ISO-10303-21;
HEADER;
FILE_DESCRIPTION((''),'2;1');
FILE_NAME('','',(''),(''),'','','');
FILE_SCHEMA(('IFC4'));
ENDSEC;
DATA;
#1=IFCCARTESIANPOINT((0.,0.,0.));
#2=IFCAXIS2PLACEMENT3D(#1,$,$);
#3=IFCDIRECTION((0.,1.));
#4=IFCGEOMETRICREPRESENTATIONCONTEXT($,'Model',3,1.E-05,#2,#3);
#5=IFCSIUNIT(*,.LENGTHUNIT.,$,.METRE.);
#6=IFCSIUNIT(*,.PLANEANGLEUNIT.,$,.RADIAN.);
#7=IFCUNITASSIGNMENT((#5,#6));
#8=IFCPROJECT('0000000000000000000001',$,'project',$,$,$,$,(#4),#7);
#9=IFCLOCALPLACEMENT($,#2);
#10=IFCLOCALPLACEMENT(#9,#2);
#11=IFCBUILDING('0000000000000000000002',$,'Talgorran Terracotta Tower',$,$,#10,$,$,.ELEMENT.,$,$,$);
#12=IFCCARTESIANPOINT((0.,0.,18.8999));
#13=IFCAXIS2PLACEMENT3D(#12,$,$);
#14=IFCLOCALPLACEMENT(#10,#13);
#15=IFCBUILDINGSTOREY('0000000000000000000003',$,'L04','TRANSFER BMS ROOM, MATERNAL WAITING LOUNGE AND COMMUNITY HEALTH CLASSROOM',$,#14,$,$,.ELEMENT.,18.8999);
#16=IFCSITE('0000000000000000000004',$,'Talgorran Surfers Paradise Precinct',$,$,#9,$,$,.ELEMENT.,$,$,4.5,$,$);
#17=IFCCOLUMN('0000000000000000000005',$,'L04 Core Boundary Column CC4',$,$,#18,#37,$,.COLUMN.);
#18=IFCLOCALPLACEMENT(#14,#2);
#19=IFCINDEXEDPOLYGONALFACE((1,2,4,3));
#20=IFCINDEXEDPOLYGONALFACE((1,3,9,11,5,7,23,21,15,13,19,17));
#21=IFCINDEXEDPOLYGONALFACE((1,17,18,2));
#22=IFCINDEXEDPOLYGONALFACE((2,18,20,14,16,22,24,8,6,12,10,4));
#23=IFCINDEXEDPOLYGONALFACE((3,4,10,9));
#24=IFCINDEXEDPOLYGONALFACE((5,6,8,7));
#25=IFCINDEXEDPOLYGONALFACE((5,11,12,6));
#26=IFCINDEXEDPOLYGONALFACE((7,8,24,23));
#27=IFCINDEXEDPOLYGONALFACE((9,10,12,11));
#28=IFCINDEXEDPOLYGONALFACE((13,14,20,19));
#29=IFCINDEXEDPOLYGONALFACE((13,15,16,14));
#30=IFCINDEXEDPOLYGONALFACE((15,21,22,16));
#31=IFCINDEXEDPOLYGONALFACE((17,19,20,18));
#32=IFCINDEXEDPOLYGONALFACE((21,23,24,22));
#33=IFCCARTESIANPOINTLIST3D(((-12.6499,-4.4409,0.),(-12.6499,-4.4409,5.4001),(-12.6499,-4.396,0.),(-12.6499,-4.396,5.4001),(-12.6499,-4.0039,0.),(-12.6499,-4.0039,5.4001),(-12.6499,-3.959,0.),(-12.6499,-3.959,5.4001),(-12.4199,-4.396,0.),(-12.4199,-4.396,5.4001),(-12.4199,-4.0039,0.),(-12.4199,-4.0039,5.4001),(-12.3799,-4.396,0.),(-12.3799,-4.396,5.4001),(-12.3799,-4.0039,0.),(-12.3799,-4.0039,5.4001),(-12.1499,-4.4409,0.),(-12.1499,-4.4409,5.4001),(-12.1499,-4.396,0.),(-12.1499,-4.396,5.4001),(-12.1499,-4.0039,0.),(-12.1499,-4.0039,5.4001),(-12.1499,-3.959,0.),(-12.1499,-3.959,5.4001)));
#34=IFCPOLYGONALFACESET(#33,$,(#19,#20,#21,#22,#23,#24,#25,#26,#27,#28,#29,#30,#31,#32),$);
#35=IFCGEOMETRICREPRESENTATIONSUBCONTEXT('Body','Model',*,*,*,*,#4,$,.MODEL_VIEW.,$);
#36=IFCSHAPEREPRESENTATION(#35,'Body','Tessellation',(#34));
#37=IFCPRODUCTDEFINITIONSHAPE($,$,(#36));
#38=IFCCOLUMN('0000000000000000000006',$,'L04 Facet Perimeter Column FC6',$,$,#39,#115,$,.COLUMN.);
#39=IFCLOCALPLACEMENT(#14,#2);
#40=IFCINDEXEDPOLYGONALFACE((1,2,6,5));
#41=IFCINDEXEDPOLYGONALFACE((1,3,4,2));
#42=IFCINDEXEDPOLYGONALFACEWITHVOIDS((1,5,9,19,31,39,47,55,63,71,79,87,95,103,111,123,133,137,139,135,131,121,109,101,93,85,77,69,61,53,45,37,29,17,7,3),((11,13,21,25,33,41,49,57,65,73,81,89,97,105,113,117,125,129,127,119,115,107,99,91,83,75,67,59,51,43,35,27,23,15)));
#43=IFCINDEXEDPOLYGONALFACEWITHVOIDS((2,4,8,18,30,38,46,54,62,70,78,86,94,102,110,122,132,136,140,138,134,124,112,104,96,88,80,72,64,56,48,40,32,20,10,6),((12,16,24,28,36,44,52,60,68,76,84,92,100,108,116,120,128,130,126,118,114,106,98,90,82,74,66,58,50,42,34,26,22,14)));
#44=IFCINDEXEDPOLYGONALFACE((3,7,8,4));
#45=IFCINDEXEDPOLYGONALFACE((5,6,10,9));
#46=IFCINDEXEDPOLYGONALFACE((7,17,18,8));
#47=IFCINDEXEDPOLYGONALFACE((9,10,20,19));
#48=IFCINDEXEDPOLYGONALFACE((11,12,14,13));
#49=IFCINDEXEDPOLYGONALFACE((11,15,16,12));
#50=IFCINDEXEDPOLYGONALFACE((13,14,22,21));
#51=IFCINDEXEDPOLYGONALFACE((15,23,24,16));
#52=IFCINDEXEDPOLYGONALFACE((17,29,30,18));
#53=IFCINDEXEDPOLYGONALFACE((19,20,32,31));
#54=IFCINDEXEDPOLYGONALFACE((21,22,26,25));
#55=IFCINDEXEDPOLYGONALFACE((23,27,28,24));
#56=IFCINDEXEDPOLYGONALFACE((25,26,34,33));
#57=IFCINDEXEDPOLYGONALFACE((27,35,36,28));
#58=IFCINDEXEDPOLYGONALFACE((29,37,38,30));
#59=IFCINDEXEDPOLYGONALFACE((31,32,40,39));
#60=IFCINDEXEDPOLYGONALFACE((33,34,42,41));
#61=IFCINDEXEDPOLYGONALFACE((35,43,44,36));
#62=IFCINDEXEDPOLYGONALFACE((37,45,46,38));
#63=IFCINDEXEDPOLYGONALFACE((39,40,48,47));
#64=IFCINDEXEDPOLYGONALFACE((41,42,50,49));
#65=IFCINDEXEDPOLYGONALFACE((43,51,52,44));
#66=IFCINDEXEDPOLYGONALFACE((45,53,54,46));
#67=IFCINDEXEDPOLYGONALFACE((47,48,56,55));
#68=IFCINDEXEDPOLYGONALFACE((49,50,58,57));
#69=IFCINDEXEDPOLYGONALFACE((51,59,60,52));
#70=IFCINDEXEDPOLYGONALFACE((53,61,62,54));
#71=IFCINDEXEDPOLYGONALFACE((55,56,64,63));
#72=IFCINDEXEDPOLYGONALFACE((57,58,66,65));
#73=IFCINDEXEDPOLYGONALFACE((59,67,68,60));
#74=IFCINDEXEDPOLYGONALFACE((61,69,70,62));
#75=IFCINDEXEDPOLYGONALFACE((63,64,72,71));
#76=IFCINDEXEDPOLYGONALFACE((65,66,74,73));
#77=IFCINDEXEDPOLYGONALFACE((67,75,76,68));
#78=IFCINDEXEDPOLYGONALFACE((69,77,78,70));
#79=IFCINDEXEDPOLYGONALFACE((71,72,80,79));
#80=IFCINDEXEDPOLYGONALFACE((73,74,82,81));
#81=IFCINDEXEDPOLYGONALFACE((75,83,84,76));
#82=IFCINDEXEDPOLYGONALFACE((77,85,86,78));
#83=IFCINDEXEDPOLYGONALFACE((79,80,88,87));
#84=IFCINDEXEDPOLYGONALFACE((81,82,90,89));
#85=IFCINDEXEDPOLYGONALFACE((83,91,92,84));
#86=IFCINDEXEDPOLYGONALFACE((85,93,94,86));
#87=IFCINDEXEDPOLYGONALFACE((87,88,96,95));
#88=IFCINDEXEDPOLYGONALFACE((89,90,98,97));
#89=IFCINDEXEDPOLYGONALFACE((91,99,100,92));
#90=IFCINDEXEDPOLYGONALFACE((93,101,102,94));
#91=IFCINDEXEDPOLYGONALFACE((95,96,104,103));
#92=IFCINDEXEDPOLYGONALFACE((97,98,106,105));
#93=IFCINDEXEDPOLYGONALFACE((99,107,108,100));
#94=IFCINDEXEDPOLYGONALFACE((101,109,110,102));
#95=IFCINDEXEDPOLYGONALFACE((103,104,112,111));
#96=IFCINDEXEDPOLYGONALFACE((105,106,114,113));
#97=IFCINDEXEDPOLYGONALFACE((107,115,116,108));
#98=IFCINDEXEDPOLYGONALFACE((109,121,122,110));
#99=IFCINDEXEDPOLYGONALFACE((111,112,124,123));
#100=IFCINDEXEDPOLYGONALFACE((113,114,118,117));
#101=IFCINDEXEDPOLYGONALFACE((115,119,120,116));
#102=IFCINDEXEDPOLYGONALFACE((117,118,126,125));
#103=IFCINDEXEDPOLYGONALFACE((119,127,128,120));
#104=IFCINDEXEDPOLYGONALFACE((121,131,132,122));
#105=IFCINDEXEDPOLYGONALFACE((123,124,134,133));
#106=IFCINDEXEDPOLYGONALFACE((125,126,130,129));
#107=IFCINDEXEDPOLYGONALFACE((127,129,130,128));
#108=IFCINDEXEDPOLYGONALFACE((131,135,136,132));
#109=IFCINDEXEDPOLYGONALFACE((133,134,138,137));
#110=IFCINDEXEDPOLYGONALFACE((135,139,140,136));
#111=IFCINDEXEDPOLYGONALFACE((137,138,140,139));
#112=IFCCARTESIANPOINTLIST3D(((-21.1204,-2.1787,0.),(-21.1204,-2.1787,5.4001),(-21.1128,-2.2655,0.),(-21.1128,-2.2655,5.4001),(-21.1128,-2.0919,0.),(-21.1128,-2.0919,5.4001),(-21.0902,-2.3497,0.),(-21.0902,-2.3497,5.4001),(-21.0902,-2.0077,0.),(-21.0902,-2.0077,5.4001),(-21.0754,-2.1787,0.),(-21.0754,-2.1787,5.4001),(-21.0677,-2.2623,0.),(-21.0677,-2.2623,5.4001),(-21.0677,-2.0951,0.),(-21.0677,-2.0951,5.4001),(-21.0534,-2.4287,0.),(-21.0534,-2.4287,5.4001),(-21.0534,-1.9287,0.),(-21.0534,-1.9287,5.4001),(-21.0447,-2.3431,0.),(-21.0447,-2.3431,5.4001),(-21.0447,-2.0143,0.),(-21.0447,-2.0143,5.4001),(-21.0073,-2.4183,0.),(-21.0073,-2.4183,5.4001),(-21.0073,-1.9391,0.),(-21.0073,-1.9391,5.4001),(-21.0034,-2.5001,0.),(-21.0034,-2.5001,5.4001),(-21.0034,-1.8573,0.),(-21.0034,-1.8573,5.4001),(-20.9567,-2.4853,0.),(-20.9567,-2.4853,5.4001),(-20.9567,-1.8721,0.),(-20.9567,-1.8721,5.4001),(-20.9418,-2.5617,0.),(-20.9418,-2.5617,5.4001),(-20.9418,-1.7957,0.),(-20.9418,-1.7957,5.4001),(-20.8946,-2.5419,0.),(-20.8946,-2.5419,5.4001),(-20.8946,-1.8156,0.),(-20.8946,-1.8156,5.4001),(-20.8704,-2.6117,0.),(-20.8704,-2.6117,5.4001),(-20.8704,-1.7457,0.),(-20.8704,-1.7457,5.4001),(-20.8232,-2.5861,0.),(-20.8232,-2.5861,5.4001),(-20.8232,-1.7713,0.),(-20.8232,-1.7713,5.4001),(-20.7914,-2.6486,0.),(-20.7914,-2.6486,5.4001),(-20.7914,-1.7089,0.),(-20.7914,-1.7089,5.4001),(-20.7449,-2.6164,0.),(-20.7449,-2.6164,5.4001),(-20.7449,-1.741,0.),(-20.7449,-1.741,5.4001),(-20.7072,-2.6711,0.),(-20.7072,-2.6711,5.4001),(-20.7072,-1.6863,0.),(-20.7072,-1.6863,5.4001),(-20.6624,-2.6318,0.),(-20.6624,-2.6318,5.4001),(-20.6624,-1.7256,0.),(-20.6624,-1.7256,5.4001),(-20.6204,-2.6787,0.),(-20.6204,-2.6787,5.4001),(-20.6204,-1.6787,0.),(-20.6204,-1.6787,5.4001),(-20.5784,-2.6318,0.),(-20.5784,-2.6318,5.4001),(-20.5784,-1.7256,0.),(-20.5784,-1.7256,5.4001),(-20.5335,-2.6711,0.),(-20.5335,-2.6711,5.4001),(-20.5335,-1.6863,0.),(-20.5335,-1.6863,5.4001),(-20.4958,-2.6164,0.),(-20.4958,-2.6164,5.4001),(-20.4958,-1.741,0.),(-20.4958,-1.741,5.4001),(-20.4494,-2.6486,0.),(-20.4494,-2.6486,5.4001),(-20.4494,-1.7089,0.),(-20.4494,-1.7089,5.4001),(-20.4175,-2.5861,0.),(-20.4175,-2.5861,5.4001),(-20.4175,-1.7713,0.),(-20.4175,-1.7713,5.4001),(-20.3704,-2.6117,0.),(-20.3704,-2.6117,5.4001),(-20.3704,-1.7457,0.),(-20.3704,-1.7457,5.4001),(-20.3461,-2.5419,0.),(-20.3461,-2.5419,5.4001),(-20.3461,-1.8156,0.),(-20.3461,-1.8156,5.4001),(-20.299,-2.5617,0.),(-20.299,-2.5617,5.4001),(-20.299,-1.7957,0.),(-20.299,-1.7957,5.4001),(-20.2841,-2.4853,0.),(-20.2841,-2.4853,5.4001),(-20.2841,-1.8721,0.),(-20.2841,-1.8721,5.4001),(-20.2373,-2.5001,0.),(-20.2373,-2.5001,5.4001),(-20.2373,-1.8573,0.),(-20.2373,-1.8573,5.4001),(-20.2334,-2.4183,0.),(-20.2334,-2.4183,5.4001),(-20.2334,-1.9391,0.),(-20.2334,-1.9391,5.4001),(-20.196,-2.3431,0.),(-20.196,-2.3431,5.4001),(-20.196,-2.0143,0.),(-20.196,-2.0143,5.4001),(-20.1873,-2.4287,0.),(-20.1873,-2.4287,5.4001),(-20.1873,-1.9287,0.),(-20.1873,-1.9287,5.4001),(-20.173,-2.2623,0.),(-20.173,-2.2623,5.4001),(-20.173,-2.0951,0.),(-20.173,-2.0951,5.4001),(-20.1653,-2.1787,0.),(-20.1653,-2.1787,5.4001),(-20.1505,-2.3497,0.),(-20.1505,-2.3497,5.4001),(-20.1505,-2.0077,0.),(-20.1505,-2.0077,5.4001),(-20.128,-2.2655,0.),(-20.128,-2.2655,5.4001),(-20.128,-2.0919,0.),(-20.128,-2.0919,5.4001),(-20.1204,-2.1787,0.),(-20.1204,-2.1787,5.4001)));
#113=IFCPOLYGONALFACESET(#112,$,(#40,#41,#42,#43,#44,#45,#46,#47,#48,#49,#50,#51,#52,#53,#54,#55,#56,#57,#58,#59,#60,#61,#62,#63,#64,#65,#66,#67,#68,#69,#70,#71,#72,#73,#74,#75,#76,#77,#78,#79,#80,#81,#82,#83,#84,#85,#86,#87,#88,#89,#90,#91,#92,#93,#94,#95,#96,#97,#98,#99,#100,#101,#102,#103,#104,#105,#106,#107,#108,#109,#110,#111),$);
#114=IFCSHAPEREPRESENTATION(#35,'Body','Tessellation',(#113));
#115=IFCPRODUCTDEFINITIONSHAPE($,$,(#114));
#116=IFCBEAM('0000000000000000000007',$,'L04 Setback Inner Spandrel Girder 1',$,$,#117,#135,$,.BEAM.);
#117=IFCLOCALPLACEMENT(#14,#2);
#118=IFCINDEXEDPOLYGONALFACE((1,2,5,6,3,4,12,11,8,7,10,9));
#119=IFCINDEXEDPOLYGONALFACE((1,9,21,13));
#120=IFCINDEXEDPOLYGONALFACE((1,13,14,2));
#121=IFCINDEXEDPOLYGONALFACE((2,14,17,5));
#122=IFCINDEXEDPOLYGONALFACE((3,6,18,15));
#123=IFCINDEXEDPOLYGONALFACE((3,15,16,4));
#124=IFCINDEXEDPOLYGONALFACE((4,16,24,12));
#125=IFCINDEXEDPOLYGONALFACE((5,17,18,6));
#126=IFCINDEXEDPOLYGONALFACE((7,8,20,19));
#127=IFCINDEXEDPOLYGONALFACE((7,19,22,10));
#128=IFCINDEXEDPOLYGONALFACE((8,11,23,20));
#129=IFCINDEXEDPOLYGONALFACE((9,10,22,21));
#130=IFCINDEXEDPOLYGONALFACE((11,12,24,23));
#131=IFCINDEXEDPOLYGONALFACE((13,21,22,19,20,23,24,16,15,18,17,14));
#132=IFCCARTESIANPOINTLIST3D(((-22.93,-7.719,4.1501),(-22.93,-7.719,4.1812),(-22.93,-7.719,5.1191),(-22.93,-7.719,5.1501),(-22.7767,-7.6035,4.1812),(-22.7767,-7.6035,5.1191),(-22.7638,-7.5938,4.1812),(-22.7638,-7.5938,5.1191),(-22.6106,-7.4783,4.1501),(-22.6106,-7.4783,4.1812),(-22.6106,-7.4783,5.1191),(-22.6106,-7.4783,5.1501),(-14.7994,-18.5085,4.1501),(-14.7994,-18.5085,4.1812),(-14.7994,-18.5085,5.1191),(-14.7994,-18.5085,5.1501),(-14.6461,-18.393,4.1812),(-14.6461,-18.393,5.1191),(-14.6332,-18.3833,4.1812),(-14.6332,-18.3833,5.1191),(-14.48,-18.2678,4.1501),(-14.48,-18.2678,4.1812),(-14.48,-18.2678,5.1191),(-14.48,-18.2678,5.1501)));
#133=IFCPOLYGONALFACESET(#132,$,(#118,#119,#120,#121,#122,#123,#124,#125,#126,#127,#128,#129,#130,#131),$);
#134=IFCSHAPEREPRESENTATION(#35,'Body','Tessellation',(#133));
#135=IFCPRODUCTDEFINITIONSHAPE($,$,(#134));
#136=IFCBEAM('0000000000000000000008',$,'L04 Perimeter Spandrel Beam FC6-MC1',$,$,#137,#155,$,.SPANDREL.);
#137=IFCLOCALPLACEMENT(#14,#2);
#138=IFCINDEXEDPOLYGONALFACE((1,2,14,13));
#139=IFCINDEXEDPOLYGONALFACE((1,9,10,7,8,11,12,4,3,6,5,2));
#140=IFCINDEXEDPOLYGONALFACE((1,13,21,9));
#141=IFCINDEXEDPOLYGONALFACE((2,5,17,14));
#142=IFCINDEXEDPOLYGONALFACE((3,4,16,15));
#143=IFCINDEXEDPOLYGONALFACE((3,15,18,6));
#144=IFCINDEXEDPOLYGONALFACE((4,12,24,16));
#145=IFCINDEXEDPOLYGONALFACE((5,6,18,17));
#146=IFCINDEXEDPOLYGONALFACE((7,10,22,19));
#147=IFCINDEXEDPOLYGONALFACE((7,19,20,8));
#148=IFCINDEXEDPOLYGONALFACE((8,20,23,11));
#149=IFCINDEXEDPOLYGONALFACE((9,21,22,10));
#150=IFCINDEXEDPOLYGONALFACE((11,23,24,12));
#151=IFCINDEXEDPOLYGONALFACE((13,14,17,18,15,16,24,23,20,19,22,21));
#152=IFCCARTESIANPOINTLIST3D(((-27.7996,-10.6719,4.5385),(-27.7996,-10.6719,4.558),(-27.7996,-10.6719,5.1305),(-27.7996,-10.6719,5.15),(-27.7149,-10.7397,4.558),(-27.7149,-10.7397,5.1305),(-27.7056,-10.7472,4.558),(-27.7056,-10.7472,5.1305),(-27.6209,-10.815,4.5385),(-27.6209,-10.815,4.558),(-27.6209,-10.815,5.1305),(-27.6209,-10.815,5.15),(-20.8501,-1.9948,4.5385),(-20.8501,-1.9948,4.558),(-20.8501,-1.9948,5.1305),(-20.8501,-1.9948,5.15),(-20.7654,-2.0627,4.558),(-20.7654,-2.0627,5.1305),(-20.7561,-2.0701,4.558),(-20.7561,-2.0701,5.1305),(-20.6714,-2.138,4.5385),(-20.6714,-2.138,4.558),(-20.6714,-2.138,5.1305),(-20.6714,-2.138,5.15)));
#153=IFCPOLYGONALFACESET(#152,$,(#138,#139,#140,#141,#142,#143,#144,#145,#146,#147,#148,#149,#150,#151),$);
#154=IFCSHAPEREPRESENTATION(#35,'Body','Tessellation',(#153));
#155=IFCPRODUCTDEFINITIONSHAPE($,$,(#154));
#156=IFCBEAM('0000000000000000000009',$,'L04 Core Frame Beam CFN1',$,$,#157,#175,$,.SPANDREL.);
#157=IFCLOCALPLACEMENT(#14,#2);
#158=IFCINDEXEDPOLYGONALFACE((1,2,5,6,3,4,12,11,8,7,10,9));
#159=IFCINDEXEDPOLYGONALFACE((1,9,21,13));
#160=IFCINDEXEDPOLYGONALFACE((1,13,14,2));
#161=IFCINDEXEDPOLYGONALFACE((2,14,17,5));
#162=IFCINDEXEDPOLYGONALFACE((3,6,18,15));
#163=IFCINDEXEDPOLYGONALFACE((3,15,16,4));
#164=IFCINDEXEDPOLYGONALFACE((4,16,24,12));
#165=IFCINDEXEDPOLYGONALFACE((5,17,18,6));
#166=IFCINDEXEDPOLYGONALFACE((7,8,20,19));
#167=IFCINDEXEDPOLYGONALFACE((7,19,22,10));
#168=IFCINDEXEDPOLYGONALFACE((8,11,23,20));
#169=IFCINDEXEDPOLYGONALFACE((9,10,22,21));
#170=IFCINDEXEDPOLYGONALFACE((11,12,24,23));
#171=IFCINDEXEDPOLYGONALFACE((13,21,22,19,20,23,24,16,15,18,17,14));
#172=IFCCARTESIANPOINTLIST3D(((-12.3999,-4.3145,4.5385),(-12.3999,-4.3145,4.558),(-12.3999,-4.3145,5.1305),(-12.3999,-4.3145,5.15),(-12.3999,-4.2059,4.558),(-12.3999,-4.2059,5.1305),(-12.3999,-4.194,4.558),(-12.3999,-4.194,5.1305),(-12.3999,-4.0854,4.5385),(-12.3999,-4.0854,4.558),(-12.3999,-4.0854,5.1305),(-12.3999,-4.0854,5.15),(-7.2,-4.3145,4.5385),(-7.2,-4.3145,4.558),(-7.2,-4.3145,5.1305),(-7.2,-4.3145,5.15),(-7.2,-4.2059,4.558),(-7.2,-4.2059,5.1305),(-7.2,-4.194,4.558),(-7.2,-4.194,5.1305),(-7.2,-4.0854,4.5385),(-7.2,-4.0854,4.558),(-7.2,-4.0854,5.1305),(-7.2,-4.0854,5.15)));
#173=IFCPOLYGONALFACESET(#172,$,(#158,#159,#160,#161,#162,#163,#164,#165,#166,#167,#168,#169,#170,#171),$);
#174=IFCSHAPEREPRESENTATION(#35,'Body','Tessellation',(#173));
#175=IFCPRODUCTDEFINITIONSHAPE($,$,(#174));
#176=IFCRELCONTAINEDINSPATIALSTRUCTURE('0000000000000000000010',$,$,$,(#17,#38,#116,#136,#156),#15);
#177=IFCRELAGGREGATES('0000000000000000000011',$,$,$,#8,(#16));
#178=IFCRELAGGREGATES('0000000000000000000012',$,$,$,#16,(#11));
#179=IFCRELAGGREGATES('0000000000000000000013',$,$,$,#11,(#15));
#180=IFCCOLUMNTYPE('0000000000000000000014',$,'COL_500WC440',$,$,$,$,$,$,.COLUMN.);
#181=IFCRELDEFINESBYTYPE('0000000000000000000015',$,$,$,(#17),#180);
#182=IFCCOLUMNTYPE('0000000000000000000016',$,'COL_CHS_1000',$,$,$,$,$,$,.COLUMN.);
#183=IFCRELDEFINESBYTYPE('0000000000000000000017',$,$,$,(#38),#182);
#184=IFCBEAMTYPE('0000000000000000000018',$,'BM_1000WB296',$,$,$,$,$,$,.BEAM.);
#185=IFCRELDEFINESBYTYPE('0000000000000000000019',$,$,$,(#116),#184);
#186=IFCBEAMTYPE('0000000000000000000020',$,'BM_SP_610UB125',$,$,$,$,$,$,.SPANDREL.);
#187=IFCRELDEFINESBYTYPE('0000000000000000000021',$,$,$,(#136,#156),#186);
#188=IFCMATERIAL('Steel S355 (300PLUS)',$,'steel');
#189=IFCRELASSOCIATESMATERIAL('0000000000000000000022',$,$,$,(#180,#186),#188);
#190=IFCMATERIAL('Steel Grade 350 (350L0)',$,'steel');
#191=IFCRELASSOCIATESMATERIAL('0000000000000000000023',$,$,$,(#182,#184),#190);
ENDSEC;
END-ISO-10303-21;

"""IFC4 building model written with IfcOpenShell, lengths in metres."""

from ifc_helpers import new_model, si_unit, direction, frame, origin, origin_2d, place, context, subcontext, project, spatial, hollow_circle, i_section, extrude, material, material_profile, profile_set, type_object, element, save


model = new_model("IFC4")

# Units and contexts
model_context = context("Model", 3, precision=1e-05, world=origin(), true_north=direction((0.0, 1.0)))
body_context = subcontext(model_context, "Body", "Model", "MODEL_VIEW")
ifc_project = project(units=[si_unit("LENGTHUNIT", "METRE"), si_unit("PLANEANGLEUNIT", "RADIAN")], contexts=[model_context])

# Site, building, storey
site_placement = place(None, origin())
site = spatial("IfcSite", under=ifc_project, at=site_placement, Name="Talgorran Surfers Paradise Precinct", CompositionType="ELEMENT", RefElevation=4.5)
building_placement = place(site_placement, origin())
building = spatial("IfcBuilding", under=site, at=building_placement, Name="Talgorran Terracotta Tower", CompositionType="ELEMENT")
storey_placement = place(building_placement, frame((0.0, 0.0, 18.8999)))
storey = spatial("IfcBuildingStorey", under=building, at=storey_placement, Name="L04", Description="TRANSFER BMS ROOM, MATERNAL WAITING LOUNGE AND COMMUNITY HEALTH CLASSROOM", CompositionType="ELEMENT", Elevation=18.8999)

# Columns
ifc_material_1 = material(Name="Steel S355 (300PLUS)", Category="steel")
ifc_material_profile_1 = material_profile(ifc_material_1, i_section(OverallWidth=0.5, OverallDepth=0.4819, WebThickness=0.04, FlangeThickness=0.0449, at=origin_2d()), Name="500WC440")
ifc_profile_set_1 = profile_set([ifc_material_profile_1], Name="Steel S355 (300PLUS)")
column_type_1 = type_object("IfcColumnType", Name="COL_500WC440", PredefinedType="COLUMN", material=ifc_profile_set_1)
column_1_placement = place(storey_placement, frame((-12.3999, -4.2, 0.0), z_axis=(0.0, 0.0, 1.0), x_axis=(1.0, 0.0, 0.0)))
element("IfcColumn", 1, at=column_1_placement, inside=storey, type_object=column_type_1, Name="L04 Core Boundary Column CC4", PredefinedType="COLUMN", context=body_context, shape_type="SweptSolid", body=[
    extrude(i_section(OverallWidth=0.5, OverallDepth=0.4819, WebThickness=0.04, FlangeThickness=0.0449, at=origin_2d()), origin(), (0.0, 0.0, 1.0), 5.4001),
])
ifc_material_2 = material(Name="Steel Grade 350 (350L0)", Category="steel")
ifc_material_profile_2 = material_profile(ifc_material_2, hollow_circle(Radius=0.5, WallThickness=0.0449, at=origin_2d()), Name="CHS1000X45")
ifc_profile_set_2 = profile_set([ifc_material_profile_2], Name="Steel Grade 350 (350L0)")
column_type_2 = type_object("IfcColumnType", Name="COL_CHS_1000", PredefinedType="COLUMN", material=ifc_profile_set_2)
column_2_placement = place(storey_placement, frame((-20.6204, -2.1787, 0.0), z_axis=(0.0, 0.0, 1.0), x_axis=(1.0, 0.0, 0.0)))
element("IfcColumn", 2, at=column_2_placement, inside=storey, type_object=column_type_2, Name="L04 Facet Perimeter Column FC6", PredefinedType="COLUMN", context=body_context, shape_type="SweptSolid", body=[
    extrude(hollow_circle(Radius=0.5, WallThickness=0.0449, at=origin_2d()), origin(), (0.0, 0.0, 1.0), 5.4001),
])

# Beams
ifc_material_profile_3 = material_profile(ifc_material_2, i_section(OverallWidth=0.3999, OverallDepth=1.0, WebThickness=0.0161, FlangeThickness=0.031, at=origin_2d()), Name="1000WB296")
ifc_profile_set_3 = profile_set([ifc_material_profile_3], Name="Steel Grade 350 (350L0)")
beam_type_1 = type_object("IfcBeamType", Name="BM_1000WB296", PredefinedType="BEAM", material=ifc_profile_set_3)
beam_1_placement = place(storey_placement, frame((-22.7703, -7.5986, 4.6501), z_axis=(0.60182, -0.798632, 0.0), x_axis=(0.798632, 0.60182, 0.0)))
element("IfcBeam", 3, at=beam_1_placement, inside=storey, type_object=beam_type_1, Name="L04 Setback Inner Spandrel Girder 1", PredefinedType="BEAM", context=body_context, shape_type="SweptSolid", body=[
    extrude(i_section(OverallWidth=0.3999, OverallDepth=1.0, WebThickness=0.0161, FlangeThickness=0.031, at=origin_2d()), origin(), (0.0, 0.0, 1.0), 13.51),
])
ifc_material_profile_4 = material_profile(ifc_material_1, i_section(OverallWidth=0.229, OverallDepth=0.6116, WebThickness=0.012, FlangeThickness=0.0195, at=origin_2d()), Name="610UB125")
ifc_profile_set_4 = profile_set([ifc_material_profile_4], Name="Steel S355 (300PLUS)")
beam_type_2 = type_object("IfcBeamType", Name="BM_SP_610UB125", PredefinedType="SPANDREL", material=ifc_profile_set_4)
beam_2_placement = place(storey_placement, frame((-20.7607, -2.0664, 4.8442), z_axis=(-0.625126, -0.780524, 0.0), x_axis=(0.780524, -0.625126, 0.0)))
element("IfcBeam", 4, at=beam_2_placement, inside=storey, type_object=beam_type_2, Name="L04 Perimeter Spandrel Beam FC6-MC1", PredefinedType="SPANDREL", context=body_context, shape_type="SweptSolid", body=[
    extrude(i_section(OverallWidth=0.229, OverallDepth=0.6116, WebThickness=0.012, FlangeThickness=0.0195, at=origin_2d()), origin(), (0.0, 0.0, 1.0), 11.1169),
])
beam_3_placement = place(storey_placement, frame((-12.3999, -4.2, 4.8442), z_axis=(1.0, 0.0, 0.0), x_axis=(0.0, 1.0, 0.0)))
element("IfcBeam", 5, at=beam_3_placement, inside=storey, type_object=beam_type_2, Name="L04 Core Frame Beam CFN1", PredefinedType="SPANDREL", context=body_context, shape_type="SweptSolid", body=[
    extrude(i_section(OverallWidth=0.229, OverallDepth=0.6116, WebThickness=0.012, FlangeThickness=0.0195, at=origin_2d()), origin(), (0.0, 0.0, 1.0), 5.2),
])

save(model, "model.ifc")
